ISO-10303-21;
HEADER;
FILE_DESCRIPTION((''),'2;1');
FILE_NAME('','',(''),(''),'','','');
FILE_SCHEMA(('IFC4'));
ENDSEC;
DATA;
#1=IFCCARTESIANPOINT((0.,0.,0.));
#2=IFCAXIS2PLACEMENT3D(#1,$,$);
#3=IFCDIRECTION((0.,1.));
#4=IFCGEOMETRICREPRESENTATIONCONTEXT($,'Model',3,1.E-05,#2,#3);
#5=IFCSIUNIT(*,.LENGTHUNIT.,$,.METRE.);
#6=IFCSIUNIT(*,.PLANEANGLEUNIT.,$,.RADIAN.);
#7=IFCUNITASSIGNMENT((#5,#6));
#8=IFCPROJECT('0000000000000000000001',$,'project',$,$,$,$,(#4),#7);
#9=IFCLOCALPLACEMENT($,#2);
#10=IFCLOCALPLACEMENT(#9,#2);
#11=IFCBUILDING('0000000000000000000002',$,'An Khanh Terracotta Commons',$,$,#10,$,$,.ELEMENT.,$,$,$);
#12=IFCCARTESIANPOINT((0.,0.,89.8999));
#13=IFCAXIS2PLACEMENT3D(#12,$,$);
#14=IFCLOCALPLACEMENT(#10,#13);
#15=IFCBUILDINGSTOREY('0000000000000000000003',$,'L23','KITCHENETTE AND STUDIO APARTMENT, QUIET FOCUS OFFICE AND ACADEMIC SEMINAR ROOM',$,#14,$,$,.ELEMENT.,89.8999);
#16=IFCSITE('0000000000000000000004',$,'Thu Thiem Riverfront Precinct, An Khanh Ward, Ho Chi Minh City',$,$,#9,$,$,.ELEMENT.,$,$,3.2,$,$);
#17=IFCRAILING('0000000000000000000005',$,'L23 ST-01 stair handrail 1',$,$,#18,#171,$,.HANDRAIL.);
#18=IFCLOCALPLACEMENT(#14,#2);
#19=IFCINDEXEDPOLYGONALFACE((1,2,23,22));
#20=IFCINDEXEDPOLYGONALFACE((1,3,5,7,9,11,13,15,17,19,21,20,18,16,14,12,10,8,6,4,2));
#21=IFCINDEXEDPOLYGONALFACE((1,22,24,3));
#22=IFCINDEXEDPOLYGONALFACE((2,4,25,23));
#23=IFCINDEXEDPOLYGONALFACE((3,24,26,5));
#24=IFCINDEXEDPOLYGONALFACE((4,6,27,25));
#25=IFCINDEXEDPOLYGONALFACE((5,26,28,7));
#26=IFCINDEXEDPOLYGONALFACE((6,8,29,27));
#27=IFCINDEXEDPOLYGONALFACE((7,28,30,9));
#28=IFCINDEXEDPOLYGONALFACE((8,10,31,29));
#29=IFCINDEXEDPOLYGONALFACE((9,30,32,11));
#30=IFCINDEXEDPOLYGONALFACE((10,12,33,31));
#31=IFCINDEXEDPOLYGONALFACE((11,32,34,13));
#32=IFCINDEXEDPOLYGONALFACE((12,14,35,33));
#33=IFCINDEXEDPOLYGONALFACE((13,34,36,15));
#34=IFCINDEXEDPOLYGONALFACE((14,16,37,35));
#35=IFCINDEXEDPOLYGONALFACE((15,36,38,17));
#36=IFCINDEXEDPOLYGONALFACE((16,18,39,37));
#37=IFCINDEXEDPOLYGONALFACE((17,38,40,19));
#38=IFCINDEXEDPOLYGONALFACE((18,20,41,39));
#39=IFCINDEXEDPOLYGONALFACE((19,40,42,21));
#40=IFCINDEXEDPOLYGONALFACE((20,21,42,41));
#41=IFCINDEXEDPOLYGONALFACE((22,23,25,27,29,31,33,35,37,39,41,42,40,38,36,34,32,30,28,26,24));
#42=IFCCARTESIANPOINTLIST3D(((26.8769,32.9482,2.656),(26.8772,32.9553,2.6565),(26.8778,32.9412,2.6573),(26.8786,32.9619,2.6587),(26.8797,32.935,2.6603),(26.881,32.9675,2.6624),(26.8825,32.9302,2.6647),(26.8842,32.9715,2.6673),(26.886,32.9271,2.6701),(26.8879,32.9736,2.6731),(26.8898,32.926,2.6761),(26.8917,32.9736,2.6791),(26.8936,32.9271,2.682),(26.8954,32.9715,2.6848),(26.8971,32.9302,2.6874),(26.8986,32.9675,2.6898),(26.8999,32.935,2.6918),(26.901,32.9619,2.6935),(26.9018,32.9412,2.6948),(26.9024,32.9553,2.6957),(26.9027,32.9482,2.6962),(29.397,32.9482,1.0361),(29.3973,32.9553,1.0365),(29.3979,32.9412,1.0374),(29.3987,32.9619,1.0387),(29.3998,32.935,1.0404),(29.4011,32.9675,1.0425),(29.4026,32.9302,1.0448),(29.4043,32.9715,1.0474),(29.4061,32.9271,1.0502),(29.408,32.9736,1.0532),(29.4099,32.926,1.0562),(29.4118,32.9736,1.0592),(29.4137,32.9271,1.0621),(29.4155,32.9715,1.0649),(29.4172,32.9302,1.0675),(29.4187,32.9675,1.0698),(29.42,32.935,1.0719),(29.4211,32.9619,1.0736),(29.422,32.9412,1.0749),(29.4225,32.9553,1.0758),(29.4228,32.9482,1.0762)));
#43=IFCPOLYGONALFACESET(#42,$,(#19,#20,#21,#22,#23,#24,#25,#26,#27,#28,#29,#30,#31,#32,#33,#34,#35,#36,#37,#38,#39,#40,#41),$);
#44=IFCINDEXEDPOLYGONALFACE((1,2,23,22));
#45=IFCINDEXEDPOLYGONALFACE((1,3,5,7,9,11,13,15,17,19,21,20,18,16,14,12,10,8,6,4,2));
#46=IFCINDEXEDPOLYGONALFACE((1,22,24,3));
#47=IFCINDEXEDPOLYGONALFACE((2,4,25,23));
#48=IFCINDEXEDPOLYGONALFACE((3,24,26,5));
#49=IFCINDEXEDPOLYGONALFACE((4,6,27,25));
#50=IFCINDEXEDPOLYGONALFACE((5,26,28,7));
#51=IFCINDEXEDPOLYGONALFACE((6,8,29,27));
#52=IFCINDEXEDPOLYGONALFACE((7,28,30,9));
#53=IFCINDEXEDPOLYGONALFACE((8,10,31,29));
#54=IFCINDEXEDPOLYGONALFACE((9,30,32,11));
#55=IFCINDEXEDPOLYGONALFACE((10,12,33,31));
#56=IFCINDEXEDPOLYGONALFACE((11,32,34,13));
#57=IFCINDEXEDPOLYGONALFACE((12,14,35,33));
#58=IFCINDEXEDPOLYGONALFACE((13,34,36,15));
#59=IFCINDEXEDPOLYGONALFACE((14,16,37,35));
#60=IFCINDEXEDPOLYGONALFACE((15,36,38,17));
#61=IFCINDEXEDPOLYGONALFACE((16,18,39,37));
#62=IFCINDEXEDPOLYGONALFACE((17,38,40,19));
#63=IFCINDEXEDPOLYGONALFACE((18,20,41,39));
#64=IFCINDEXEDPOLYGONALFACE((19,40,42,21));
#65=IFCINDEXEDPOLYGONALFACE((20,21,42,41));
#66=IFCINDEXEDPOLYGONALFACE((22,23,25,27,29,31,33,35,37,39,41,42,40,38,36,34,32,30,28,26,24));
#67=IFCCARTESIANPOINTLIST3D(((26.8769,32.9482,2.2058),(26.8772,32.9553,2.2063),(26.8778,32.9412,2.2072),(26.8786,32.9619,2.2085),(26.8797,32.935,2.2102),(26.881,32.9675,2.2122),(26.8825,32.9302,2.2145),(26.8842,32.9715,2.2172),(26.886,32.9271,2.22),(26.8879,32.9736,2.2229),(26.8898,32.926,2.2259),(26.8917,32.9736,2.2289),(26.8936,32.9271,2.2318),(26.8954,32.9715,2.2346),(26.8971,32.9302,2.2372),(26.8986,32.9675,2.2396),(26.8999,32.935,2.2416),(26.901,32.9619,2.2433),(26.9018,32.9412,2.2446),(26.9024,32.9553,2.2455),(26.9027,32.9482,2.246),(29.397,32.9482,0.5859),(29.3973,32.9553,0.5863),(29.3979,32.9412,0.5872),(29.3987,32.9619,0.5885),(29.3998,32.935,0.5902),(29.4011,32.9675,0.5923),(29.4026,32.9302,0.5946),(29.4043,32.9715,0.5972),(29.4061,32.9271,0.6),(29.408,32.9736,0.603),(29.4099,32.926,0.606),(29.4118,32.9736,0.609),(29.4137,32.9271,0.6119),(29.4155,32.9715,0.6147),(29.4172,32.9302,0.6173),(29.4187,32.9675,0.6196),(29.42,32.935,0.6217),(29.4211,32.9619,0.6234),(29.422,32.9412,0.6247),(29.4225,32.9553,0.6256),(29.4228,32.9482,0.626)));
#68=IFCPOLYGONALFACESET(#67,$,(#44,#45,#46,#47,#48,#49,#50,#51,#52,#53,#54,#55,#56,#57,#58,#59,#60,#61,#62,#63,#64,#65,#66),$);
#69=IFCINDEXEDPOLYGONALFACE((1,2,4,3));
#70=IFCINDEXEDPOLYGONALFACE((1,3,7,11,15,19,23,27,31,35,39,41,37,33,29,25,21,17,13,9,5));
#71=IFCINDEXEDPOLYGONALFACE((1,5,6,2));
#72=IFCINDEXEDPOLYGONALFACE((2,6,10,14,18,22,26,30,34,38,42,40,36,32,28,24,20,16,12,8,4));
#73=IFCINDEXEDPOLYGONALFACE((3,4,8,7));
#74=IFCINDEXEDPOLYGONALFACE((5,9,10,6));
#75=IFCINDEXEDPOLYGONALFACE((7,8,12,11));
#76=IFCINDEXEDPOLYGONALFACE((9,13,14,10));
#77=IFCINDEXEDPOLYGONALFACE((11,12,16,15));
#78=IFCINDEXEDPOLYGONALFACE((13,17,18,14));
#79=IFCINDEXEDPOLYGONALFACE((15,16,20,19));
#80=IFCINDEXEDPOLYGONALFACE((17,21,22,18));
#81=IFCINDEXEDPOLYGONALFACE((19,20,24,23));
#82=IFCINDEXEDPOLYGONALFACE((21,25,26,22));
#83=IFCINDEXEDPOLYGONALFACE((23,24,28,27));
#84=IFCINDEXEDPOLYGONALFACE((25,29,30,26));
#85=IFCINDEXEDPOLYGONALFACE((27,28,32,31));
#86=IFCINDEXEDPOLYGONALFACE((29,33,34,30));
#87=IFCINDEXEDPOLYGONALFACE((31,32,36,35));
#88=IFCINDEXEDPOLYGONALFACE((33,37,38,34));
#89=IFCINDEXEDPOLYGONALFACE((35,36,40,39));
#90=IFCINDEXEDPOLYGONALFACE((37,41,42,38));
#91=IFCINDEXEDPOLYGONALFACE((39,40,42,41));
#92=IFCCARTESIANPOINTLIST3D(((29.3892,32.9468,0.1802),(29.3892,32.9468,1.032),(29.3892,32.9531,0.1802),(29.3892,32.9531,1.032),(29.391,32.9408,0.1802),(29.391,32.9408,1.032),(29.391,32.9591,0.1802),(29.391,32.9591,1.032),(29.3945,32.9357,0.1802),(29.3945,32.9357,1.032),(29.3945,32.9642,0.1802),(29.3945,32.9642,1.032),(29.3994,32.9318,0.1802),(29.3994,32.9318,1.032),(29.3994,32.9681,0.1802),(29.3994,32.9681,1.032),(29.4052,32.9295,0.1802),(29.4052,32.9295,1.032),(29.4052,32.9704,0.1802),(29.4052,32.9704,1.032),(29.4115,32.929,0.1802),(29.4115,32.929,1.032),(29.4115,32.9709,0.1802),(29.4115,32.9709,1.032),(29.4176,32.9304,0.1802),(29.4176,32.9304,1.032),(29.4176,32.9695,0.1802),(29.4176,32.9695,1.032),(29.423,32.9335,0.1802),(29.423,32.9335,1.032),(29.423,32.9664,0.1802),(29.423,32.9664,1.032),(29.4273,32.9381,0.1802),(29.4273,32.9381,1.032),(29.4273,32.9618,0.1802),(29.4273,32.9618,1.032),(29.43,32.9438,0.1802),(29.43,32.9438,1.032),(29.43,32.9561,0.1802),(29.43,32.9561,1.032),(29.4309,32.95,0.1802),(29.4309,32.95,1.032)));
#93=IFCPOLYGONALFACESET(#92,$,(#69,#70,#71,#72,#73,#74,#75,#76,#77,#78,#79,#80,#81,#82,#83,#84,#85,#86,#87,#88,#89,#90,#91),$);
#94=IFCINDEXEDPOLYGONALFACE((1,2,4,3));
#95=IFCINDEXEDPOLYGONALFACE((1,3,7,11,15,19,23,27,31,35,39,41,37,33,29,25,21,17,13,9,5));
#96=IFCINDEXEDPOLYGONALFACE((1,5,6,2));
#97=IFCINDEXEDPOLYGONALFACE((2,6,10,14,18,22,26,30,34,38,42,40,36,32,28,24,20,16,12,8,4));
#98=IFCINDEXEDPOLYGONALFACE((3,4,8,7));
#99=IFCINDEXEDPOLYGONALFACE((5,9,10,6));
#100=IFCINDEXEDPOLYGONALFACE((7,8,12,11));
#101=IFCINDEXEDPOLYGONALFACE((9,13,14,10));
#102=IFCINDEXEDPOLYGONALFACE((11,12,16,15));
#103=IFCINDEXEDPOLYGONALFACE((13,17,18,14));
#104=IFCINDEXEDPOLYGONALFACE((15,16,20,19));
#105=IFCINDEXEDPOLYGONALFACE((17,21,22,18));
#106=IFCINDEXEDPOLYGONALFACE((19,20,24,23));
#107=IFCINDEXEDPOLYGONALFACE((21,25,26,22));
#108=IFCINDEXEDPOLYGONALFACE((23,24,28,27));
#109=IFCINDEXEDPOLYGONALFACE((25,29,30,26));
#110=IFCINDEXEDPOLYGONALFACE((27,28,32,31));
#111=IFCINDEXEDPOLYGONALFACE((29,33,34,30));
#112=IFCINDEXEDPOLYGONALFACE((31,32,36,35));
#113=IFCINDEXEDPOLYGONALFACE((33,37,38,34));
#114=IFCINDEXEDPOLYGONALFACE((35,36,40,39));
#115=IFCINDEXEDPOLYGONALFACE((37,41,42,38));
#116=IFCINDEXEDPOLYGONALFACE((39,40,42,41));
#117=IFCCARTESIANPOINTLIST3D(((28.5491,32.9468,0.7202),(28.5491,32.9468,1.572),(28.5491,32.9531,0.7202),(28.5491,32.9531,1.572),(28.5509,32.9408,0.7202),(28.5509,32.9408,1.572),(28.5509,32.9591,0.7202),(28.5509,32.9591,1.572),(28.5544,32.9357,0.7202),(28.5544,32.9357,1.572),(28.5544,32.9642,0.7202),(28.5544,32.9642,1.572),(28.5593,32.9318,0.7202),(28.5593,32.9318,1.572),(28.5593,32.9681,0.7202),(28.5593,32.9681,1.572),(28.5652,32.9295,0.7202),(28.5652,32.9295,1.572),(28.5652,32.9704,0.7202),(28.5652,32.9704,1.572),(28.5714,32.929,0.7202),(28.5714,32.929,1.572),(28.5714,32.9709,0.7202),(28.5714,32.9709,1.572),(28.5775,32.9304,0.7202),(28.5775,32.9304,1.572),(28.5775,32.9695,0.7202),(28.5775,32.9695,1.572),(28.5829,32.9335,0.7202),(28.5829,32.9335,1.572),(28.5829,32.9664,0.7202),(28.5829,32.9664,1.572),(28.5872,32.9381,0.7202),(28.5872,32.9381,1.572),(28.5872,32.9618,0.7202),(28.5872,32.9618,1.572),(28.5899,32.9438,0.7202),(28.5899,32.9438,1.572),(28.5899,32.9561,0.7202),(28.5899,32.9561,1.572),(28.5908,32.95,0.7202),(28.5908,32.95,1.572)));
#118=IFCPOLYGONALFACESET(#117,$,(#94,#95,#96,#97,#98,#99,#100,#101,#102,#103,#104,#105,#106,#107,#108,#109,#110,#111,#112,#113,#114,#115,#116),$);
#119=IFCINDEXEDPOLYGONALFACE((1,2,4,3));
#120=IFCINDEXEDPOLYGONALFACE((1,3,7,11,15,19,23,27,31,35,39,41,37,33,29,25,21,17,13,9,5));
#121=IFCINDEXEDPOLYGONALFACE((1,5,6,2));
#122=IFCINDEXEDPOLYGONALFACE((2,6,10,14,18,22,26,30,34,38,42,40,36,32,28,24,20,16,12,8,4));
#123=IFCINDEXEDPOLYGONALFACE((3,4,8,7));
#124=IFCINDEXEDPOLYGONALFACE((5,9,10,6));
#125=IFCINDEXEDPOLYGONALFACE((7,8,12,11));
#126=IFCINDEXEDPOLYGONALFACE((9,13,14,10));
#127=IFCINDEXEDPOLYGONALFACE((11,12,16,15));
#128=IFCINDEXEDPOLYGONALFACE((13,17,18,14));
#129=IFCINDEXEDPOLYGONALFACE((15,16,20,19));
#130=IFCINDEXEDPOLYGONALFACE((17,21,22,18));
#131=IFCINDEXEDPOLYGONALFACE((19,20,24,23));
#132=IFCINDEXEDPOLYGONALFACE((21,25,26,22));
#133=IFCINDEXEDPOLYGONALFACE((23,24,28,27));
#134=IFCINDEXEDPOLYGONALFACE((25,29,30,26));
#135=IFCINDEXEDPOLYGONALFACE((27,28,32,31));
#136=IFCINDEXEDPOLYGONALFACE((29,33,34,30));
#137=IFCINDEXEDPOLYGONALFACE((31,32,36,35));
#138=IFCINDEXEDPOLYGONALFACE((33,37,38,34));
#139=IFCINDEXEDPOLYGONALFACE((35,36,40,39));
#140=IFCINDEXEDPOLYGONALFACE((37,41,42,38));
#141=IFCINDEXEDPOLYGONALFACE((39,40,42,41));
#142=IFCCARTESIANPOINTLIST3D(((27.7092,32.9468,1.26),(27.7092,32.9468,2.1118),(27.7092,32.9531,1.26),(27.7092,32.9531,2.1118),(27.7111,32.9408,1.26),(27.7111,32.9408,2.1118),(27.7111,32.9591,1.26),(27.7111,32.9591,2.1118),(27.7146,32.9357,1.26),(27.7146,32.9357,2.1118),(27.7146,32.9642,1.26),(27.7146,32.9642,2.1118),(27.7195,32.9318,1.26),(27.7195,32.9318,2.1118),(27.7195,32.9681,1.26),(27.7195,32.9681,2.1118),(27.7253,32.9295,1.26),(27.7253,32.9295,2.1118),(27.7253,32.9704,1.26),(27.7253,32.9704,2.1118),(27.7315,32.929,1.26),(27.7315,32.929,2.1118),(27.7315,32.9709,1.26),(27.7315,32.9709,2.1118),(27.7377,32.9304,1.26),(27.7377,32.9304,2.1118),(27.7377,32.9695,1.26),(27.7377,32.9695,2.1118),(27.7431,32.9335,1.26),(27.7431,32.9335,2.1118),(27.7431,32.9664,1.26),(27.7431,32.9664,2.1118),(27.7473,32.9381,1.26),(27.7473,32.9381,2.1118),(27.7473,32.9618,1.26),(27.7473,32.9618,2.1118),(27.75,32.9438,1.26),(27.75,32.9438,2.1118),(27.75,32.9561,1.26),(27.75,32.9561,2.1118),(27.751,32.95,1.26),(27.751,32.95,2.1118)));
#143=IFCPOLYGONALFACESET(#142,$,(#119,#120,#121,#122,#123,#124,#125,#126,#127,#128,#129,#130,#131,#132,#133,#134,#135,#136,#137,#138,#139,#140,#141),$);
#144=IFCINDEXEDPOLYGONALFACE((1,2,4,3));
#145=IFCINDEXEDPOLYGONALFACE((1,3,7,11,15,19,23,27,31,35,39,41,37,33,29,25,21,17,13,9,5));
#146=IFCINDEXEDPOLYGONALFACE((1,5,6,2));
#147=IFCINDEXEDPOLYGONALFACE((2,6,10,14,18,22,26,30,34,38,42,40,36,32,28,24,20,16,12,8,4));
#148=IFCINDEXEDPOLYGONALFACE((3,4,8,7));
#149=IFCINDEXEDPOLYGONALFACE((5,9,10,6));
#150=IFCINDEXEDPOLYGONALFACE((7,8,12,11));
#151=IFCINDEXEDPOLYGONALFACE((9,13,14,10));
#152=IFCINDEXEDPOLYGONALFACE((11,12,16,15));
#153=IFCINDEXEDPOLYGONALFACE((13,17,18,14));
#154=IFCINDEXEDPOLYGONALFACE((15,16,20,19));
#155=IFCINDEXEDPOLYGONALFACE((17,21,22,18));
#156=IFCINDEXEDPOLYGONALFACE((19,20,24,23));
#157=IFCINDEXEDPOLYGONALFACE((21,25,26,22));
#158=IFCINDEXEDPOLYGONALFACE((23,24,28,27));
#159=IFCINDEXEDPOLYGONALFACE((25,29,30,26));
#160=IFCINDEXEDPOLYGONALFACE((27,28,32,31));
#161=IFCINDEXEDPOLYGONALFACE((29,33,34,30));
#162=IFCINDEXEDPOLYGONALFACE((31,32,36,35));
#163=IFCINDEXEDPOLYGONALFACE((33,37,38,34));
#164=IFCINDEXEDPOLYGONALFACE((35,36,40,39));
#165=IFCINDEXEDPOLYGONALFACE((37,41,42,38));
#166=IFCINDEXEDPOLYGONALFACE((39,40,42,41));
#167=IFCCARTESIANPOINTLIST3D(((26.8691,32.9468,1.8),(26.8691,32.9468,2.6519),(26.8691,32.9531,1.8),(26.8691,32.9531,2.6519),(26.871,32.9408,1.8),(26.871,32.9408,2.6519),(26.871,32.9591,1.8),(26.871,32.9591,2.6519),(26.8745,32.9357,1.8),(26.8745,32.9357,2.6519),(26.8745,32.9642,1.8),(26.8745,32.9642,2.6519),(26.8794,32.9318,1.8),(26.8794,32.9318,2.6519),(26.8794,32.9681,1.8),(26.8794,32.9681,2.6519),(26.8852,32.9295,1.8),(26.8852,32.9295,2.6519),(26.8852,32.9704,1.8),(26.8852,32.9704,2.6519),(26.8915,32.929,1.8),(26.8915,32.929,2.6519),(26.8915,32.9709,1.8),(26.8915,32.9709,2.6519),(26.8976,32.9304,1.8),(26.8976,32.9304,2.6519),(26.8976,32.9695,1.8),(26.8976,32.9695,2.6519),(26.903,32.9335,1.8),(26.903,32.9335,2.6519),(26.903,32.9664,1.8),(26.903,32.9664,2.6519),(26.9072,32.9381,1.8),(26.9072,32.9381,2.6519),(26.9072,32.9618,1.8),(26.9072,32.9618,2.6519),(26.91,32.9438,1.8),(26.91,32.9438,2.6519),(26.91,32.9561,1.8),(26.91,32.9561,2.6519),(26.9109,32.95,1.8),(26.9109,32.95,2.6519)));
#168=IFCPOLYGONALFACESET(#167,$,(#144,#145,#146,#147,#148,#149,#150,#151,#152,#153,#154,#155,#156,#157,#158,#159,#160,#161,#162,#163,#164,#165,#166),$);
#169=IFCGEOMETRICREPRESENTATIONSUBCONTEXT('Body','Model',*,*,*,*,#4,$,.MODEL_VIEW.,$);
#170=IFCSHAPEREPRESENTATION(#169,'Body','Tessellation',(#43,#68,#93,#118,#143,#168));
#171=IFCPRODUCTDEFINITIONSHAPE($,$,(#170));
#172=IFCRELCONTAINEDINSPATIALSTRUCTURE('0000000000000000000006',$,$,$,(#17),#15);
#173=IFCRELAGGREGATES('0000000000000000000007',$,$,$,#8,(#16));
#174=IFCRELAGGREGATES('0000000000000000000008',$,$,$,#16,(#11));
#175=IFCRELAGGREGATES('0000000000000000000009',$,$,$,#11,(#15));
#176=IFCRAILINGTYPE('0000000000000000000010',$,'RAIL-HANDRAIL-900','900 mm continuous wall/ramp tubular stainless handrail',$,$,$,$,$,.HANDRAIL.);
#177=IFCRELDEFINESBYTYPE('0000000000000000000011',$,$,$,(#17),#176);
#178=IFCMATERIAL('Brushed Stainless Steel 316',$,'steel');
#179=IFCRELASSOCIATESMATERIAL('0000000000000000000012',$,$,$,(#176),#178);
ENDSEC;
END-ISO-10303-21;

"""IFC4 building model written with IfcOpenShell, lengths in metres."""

from ifc_helpers import new_model, si_unit, direction, frame, origin, origin_2d, place, context, subcontext, project, spatial, circle, extrude, material, type_object, element, save


model = new_model("IFC4")

# Units and contexts
model_context = context("Model", 3, precision=1e-05, world=origin(), true_north=direction((0.0, 1.0)))
body_context = subcontext(model_context, "Body", "Model", "MODEL_VIEW")
ifc_project = project(units=[si_unit("LENGTHUNIT", "METRE"), si_unit("PLANEANGLEUNIT", "RADIAN")], contexts=[model_context])

# Site, building, storey
site_placement = place(None, origin())
site = spatial("IfcSite", under=ifc_project, at=site_placement, Name="Thu Thiem Riverfront Precinct, An Khanh Ward, Ho Chi Minh City", CompositionType="ELEMENT", RefElevation=3.2)
building_placement = place(site_placement, origin())
building = spatial("IfcBuilding", under=site, at=building_placement, Name="An Khanh Terracotta Commons", CompositionType="ELEMENT")
storey_placement = place(building_placement, frame((0.0, 0.0, 89.8999)))
storey = spatial("IfcBuildingStorey", under=building, at=storey_placement, Name="L23", Description="KITCHENETTE AND STUDIO APARTMENT, QUIET FOCUS OFFICE AND ACADEMIC SEMINAR ROOM", CompositionType="ELEMENT", Elevation=89.8999)

# Railing
ifc_material_1 = material(Name="Brushed Stainless Steel 316", Category="steel")
railing_type_1 = type_object("IfcRailingType", Name="RAIL-HANDRAIL-900", Description="900 mm continuous wall/ramp tubular stainless handrail", PredefinedType="HANDRAIL", material=ifc_material_1)
railing_1_placement = place(storey_placement, frame((29.4099, 32.95, 0.1802)))
element("IfcRailing", 1, at=railing_1_placement, inside=storey, type_object=railing_type_1, Name="L23 ST-01 stair handrail 1", PredefinedType="HANDRAIL", context=body_context, shape_type="SweptSolid", body=[
    extrude(circle(Radius=0.0239, at=origin_2d()), frame((0.0, 0.0, 0.876), z_axis=(-0.8412, 0.0, 0.540725), x_axis=(0.0, -1.0, 0.0)), (0.0, 0.0, 1.0), 2.9958),
    extrude(circle(Radius=0.0239, at=origin_2d()), frame((0.0, 0.0, 0.4258), z_axis=(-0.8412, 0.0, 0.540725), x_axis=(0.0, -1.0, 0.0)), (0.0, 0.0, 1.0), 2.9958),
    extrude(circle(Radius=0.021, at=origin_2d()), origin(), (0.0, 0.0, 1.0), 0.8518),
    extrude(circle(Radius=0.021, at=origin_2d()), frame((-0.8401, 0.0, 0.54)), (0.0, 0.0, 1.0), 0.8518),
    extrude(circle(Radius=0.021, at=origin_2d()), frame((-1.6799, 0.0, 1.0798)), (0.0, 0.0, 1.0), 0.8518),
    extrude(circle(Radius=0.021, at=origin_2d()), frame((-2.52, 0.0, 1.6199)), (0.0, 0.0, 1.0), 0.8518),
])

save(model, "model.ifc")
